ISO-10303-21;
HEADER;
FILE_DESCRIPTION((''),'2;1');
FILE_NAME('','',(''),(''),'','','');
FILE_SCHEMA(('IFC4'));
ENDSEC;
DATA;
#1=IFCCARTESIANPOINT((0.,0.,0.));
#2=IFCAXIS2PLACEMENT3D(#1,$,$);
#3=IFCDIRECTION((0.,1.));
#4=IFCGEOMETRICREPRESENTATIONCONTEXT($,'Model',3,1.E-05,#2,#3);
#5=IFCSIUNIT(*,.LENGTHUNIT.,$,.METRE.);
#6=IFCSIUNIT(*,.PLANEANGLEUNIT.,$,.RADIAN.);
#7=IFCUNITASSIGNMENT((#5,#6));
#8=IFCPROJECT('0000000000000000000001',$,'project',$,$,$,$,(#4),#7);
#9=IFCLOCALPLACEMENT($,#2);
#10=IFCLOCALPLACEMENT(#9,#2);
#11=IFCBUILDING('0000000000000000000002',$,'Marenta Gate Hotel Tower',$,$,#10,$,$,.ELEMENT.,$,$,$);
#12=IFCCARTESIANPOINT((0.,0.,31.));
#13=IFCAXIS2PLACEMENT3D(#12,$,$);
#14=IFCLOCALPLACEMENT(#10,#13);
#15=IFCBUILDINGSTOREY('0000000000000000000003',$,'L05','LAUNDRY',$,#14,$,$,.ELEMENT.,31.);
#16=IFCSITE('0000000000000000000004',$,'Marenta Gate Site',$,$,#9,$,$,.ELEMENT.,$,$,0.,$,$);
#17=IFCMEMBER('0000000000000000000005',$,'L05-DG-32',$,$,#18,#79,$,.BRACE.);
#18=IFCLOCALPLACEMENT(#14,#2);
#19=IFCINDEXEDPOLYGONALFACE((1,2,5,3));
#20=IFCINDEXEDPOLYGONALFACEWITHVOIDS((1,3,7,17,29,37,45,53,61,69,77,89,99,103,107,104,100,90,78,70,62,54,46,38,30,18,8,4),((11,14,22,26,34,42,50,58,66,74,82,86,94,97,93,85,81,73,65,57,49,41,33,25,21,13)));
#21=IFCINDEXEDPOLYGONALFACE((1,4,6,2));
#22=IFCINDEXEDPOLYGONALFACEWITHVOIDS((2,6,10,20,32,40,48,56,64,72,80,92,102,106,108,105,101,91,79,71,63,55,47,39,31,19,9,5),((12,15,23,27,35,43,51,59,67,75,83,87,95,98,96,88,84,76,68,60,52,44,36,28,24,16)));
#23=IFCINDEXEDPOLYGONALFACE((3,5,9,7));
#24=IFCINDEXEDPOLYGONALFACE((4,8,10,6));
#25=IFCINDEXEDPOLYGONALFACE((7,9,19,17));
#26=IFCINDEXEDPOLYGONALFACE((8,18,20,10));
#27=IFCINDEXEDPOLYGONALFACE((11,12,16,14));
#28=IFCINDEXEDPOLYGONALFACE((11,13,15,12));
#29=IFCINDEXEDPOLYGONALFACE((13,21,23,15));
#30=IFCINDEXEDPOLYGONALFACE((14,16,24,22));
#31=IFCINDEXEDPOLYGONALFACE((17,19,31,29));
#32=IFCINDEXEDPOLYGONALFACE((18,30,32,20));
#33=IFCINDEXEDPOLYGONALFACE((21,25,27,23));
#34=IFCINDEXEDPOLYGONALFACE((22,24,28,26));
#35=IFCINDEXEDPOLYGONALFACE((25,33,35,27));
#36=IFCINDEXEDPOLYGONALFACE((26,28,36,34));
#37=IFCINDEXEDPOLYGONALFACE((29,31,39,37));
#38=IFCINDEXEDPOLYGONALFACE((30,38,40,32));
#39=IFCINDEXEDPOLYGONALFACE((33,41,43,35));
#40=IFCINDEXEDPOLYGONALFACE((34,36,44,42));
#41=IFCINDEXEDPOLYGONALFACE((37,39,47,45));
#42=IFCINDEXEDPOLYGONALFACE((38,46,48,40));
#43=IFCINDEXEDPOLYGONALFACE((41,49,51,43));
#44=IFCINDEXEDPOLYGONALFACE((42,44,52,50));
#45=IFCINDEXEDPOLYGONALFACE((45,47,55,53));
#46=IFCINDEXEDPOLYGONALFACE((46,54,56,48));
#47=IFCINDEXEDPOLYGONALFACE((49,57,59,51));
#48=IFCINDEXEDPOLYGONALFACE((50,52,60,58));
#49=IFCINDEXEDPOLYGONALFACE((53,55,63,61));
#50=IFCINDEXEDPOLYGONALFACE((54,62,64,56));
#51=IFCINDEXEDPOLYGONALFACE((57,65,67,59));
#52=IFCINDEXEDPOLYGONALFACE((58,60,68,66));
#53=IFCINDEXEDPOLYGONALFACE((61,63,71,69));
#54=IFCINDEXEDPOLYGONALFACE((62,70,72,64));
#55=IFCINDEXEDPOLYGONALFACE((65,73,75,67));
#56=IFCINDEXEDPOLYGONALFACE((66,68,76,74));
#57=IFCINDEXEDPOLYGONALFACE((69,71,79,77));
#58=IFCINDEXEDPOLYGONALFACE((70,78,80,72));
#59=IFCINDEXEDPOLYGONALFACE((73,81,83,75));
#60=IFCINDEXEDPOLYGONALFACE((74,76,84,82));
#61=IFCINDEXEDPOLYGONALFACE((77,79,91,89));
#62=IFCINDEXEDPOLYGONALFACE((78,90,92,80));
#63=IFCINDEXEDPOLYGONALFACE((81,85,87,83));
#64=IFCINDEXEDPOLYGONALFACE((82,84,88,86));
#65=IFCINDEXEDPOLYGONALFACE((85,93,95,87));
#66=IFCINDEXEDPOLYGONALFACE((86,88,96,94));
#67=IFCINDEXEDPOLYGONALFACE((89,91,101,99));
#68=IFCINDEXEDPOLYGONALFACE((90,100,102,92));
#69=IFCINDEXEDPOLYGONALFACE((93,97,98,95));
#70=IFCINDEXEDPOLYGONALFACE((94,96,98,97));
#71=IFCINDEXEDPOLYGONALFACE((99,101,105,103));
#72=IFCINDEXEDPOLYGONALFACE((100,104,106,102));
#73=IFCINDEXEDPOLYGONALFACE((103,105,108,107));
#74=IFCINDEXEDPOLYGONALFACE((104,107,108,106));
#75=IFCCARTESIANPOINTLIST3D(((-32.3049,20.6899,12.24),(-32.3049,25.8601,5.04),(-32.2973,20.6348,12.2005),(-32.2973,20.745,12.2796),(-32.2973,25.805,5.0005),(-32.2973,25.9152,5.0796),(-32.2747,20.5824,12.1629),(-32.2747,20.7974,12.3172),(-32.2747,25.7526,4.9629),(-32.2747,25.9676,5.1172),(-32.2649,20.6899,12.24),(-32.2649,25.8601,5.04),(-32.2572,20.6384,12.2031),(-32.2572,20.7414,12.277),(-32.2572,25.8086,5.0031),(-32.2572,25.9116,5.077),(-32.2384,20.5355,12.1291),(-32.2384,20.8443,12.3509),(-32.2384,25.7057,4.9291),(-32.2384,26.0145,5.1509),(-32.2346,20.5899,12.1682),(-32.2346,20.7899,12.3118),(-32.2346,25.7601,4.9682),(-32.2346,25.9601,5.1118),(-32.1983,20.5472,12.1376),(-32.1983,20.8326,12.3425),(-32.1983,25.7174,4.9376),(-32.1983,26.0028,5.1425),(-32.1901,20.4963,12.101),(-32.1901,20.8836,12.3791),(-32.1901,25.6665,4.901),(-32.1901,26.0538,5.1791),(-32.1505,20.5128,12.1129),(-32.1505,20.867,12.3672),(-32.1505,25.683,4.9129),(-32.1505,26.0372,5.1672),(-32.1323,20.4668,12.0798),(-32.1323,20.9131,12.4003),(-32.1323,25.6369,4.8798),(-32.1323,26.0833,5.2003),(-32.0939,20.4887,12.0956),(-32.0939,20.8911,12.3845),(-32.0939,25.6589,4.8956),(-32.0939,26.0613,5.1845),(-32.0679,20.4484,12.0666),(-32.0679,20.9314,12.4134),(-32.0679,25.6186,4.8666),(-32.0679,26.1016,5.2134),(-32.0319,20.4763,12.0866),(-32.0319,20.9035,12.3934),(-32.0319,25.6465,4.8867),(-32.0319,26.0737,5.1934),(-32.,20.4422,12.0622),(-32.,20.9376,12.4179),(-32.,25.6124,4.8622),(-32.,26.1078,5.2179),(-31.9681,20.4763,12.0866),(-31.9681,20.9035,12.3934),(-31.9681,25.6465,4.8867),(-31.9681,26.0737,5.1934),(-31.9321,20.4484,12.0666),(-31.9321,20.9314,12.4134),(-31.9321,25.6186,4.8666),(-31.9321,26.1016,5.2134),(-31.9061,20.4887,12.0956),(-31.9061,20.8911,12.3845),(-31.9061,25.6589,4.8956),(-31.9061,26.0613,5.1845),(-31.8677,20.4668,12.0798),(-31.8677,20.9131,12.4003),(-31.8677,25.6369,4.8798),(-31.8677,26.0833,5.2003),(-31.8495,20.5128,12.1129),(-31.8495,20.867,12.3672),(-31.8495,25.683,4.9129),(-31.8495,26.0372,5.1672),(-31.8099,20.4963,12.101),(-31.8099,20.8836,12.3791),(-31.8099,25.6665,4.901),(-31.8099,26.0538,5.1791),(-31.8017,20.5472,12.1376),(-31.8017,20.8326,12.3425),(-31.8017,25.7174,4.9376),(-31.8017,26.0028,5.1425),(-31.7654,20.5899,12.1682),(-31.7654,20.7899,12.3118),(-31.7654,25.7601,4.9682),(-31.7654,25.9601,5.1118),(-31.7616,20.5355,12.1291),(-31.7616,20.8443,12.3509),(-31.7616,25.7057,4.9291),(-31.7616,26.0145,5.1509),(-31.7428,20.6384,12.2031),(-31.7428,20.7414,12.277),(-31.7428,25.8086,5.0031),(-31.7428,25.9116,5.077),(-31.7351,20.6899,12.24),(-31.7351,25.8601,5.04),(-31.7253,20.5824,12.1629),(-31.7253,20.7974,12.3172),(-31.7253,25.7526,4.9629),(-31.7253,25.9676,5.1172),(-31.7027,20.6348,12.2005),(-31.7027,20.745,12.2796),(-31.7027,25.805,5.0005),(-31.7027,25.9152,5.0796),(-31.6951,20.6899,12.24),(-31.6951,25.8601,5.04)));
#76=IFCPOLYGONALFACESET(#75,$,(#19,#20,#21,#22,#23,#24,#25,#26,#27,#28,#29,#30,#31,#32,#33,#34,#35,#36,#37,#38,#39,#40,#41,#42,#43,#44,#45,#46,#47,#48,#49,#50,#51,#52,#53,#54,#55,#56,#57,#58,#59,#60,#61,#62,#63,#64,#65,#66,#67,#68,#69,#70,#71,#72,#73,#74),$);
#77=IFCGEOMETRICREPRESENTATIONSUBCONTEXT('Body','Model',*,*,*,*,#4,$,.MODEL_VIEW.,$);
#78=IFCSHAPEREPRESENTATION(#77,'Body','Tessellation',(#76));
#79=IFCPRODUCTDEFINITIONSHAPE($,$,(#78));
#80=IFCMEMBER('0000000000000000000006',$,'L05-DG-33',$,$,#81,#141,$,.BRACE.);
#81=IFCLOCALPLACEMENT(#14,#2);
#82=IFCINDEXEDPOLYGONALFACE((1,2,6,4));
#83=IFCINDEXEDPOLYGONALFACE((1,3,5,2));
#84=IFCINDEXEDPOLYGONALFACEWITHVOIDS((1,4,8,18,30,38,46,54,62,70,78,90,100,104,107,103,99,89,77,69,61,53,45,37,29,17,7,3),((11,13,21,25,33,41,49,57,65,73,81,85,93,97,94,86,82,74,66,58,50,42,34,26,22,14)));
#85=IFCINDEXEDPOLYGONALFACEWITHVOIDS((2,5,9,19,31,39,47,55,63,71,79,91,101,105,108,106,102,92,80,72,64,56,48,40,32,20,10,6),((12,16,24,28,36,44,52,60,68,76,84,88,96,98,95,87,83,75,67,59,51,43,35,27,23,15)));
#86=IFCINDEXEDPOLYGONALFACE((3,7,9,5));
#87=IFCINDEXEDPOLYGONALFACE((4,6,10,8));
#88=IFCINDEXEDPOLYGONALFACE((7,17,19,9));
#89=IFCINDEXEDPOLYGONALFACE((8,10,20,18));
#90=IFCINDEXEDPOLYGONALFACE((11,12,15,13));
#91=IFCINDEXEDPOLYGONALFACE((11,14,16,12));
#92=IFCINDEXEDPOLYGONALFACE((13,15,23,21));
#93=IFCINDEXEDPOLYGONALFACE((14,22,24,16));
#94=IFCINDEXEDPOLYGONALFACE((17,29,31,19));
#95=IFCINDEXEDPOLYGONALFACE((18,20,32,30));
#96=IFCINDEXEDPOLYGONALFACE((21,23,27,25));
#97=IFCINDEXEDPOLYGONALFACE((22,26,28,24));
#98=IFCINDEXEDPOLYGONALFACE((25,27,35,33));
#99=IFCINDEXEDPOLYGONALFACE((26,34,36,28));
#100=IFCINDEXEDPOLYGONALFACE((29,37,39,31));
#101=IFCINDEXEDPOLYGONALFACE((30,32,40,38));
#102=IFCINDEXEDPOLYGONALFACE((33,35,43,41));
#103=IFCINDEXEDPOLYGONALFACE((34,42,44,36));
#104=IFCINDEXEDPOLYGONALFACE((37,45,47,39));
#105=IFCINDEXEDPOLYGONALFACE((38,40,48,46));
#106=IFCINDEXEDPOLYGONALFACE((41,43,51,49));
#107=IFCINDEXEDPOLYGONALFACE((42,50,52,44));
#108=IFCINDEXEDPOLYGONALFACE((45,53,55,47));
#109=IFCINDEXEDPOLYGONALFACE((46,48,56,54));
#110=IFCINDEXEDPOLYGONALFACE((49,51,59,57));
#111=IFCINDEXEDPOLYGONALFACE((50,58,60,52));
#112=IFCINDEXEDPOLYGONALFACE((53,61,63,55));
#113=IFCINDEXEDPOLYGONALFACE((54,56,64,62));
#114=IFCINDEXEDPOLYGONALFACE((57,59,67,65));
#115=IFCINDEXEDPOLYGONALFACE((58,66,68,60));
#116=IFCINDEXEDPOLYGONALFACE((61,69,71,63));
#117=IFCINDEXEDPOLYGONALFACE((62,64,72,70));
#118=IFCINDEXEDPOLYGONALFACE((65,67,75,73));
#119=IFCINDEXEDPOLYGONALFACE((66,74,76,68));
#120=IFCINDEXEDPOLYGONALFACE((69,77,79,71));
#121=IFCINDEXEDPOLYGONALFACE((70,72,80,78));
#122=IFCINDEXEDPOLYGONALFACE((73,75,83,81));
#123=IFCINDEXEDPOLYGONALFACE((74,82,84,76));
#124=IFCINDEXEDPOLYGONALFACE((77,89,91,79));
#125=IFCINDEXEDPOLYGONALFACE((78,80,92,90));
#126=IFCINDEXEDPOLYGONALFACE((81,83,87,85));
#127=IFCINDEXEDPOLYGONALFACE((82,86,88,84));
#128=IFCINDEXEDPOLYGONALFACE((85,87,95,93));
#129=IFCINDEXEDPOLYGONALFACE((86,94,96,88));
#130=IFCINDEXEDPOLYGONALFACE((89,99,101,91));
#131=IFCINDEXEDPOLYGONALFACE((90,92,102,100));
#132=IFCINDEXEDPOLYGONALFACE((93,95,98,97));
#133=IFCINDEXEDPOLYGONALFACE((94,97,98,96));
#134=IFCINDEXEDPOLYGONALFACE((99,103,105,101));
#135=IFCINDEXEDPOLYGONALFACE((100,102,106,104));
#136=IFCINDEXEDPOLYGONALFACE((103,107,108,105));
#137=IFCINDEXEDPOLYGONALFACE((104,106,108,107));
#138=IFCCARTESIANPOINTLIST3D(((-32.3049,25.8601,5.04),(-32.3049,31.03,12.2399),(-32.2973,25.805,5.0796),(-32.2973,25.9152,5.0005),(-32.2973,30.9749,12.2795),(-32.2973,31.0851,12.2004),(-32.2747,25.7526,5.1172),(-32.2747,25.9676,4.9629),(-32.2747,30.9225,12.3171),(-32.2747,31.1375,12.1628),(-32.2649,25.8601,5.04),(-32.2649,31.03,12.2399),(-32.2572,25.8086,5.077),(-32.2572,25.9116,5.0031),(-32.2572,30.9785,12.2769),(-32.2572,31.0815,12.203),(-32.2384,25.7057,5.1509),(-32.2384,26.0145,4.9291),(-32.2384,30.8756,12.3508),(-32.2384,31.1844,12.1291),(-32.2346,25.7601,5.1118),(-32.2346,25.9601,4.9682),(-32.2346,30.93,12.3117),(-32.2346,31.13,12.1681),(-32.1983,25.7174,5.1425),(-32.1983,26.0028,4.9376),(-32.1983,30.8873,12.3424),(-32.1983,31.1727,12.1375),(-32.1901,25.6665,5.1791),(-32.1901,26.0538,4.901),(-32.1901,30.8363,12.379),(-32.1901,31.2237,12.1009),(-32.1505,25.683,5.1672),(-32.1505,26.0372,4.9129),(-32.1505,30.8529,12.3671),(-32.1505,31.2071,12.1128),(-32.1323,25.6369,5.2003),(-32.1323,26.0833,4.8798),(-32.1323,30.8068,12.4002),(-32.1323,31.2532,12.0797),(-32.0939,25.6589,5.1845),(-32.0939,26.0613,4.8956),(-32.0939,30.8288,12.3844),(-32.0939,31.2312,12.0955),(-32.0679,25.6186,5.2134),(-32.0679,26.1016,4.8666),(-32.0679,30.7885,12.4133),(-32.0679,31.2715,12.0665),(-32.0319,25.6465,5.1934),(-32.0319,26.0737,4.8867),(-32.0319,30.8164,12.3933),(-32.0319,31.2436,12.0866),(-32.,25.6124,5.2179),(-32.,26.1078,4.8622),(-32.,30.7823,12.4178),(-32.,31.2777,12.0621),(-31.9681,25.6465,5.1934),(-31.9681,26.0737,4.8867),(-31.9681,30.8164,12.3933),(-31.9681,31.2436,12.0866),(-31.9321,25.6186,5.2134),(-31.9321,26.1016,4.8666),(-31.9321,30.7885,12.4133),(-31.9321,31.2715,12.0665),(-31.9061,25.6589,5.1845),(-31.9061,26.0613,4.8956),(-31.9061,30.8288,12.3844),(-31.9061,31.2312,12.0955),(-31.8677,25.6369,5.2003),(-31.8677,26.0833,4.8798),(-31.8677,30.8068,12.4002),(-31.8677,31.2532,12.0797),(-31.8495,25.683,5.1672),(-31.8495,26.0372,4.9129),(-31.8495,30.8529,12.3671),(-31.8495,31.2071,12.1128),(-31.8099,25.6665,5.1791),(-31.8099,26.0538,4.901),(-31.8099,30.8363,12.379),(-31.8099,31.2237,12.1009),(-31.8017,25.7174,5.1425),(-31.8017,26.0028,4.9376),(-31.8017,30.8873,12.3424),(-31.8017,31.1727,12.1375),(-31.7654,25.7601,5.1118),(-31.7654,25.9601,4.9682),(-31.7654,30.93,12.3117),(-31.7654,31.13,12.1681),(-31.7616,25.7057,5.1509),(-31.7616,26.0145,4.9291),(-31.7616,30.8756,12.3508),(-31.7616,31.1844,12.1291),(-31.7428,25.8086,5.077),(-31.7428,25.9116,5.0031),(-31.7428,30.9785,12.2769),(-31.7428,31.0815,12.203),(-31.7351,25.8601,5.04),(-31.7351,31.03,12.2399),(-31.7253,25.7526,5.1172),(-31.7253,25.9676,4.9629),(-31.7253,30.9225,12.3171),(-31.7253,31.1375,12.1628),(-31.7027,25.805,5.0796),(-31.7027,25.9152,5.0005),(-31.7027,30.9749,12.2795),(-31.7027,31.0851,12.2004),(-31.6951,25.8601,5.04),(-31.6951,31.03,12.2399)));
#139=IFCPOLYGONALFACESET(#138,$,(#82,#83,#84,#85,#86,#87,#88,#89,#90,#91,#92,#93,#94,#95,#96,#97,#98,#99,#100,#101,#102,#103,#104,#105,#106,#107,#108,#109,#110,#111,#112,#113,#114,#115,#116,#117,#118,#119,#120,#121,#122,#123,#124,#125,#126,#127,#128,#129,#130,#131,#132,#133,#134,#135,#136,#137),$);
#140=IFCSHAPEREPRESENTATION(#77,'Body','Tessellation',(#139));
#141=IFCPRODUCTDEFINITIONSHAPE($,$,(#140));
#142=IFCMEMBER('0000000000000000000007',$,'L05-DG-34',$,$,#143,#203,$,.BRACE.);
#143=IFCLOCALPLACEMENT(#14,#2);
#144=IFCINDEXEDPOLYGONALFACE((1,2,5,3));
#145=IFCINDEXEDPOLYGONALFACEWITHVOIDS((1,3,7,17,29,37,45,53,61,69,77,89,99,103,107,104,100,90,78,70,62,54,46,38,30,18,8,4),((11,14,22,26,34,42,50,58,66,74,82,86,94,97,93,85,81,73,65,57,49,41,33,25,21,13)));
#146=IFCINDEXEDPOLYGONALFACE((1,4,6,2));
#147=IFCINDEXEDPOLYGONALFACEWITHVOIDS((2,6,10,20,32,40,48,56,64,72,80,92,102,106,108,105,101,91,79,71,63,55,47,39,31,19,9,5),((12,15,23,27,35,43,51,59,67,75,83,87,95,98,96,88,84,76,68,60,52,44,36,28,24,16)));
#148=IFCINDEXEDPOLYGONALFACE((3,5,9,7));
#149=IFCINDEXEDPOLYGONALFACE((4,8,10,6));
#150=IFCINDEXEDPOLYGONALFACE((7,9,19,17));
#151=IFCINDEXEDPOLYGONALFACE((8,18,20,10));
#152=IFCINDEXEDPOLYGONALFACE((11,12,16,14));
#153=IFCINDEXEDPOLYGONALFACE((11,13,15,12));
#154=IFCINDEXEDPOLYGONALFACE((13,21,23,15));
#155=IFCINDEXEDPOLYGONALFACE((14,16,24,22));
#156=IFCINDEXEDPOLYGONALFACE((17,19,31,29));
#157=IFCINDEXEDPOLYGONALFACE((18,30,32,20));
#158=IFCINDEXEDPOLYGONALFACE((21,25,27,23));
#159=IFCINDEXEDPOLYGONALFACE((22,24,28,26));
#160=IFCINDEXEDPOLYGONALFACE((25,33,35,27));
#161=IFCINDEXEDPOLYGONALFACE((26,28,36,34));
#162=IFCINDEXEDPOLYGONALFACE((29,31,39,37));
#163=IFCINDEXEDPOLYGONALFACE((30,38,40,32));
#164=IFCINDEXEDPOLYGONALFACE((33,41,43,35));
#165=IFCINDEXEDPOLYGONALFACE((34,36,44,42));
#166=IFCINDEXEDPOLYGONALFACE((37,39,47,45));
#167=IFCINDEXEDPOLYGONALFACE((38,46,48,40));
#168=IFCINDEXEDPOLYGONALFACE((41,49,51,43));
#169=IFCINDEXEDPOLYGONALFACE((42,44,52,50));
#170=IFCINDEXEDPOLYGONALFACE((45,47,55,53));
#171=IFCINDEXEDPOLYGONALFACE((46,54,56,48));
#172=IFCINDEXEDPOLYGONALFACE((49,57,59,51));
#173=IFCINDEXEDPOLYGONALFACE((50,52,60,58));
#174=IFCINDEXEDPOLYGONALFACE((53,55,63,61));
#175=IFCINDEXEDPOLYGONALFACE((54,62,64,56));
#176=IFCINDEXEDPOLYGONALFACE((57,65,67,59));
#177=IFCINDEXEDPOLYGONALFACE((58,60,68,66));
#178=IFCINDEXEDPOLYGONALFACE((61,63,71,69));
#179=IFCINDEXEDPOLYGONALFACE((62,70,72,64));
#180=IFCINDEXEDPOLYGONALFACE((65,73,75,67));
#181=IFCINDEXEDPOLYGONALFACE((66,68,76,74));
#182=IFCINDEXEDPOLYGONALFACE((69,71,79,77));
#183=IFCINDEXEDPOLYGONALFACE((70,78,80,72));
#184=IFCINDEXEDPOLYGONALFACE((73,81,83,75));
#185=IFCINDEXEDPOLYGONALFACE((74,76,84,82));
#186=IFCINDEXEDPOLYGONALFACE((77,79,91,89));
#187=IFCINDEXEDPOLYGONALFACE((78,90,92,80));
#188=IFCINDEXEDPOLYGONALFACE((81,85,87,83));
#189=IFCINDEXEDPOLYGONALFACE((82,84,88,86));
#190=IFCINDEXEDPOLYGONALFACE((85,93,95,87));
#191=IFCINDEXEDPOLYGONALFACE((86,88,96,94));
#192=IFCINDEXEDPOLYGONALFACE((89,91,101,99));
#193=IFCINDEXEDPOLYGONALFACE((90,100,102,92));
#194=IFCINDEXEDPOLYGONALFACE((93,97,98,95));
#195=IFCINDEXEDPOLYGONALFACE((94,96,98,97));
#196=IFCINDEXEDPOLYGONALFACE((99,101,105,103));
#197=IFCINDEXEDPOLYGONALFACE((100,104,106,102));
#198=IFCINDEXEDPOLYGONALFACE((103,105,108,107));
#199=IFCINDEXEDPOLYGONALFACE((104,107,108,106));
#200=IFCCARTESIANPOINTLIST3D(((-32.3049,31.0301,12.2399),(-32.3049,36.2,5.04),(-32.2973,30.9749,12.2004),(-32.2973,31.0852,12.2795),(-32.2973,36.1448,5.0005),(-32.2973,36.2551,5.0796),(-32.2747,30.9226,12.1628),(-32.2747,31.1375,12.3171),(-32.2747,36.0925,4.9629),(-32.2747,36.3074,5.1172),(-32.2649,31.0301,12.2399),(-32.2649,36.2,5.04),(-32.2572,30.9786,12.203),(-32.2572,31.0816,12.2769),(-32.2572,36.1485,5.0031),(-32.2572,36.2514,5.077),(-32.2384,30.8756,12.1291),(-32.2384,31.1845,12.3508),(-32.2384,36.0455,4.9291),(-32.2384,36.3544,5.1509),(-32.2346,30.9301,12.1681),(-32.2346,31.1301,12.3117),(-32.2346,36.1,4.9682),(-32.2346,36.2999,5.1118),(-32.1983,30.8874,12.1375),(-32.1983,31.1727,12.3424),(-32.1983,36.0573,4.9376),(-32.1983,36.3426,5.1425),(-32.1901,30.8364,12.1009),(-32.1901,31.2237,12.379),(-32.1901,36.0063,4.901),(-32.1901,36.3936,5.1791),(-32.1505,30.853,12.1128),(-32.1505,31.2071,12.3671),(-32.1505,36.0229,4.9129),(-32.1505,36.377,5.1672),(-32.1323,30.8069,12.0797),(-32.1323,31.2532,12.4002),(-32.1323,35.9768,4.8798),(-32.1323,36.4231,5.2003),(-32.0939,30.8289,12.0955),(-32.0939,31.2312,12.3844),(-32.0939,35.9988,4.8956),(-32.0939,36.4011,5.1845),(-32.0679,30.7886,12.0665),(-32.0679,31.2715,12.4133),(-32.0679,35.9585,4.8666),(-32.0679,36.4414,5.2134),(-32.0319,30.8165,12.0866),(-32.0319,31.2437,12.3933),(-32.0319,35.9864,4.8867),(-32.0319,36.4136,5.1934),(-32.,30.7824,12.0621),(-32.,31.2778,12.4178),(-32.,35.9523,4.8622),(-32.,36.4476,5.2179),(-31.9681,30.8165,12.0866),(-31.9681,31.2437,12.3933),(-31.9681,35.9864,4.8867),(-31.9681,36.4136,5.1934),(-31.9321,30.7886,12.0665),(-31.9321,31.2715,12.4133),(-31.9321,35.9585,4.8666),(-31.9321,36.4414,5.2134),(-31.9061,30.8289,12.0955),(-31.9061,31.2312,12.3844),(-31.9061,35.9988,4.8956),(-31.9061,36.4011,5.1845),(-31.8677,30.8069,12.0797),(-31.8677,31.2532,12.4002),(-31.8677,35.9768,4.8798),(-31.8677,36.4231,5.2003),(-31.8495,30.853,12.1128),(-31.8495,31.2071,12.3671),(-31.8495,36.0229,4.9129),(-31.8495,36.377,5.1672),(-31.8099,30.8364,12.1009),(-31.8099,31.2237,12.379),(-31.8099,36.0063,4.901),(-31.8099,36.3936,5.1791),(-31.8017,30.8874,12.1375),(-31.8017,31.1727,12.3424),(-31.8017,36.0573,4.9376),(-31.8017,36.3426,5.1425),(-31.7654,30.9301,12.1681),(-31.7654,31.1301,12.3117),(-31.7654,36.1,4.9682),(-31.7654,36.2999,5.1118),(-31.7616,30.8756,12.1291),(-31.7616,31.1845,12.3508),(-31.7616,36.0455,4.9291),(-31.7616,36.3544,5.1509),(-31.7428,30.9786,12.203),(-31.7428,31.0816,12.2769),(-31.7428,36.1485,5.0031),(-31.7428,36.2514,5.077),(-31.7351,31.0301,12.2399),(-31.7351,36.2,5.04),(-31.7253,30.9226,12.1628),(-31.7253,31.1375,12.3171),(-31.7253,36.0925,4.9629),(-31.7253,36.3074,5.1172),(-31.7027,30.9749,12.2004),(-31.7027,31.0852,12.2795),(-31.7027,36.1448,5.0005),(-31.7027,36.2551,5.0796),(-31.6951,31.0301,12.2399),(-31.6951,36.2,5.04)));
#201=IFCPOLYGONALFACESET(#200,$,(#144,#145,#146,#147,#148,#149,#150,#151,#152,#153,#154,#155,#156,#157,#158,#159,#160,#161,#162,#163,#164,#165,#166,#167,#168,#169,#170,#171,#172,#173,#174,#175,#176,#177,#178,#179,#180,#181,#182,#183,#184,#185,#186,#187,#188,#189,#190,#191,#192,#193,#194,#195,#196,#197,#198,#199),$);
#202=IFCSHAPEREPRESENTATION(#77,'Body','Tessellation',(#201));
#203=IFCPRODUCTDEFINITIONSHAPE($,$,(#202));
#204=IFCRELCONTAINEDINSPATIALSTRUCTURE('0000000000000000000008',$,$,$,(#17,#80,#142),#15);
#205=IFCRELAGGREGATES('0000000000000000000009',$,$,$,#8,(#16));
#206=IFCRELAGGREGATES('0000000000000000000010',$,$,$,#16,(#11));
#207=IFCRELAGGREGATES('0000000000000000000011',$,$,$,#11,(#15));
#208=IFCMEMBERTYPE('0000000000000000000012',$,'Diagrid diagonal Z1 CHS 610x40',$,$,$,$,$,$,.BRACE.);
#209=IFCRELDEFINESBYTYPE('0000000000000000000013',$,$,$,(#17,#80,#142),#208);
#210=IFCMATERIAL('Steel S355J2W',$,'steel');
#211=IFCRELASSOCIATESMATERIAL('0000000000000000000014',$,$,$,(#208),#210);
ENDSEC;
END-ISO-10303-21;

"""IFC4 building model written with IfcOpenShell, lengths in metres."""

from ifc_helpers import new_model, si_unit, direction, frame, origin, origin_2d, place, context, subcontext, project, spatial, hollow_circle, extrude, material, material_profile, profile_set, type_object, element, save


model = new_model("IFC4")

# Units and contexts
model_context = context("Model", 3, precision=1e-05, world=origin(), true_north=direction((0.0, 1.0)))
body_context = subcontext(model_context, "Body", "Model", "MODEL_VIEW")
ifc_project = project(units=[si_unit("LENGTHUNIT", "METRE"), si_unit("PLANEANGLEUNIT", "RADIAN")], contexts=[model_context])

# Site, building, storey
site_placement = place(None, origin())
site = spatial("IfcSite", under=ifc_project, at=site_placement, Name="Marenta Gate Site", CompositionType="ELEMENT", RefElevation=0.0)
building_placement = place(site_placement, origin())
building = spatial("IfcBuilding", under=site, at=building_placement, Name="Marenta Gate Hotel Tower", CompositionType="ELEMENT")
storey_placement = place(building_placement, frame((0.0, 0.0, 31.0)))
storey = spatial("IfcBuildingStorey", under=building, at=storey_placement, Name="L05", Description="LAUNDRY", CompositionType="ELEMENT", Elevation=31.0)

# Members
ifc_material_1 = material(Name="Steel S355J2W", Category="steel")
ifc_material_profile_1 = material_profile(ifc_material_1, hollow_circle(Radius=0.3049, WallThickness=0.04, at=origin_2d()), Name="CHS 610x40")
ifc_profile_set_1 = profile_set([ifc_material_profile_1], Name="Steel S355J2W")
member_type_1 = type_object("IfcMemberType", Name="Diagrid diagonal Z1 CHS 610x40", PredefinedType="BRACE", material=ifc_profile_set_1)
member_1_placement = place(storey_placement, frame((-32.0, 25.8601, 5.04), z_axis=(0.0, -0.583279, 0.812272), x_axis=(1.0, 0.0, 0.0)))
element("IfcMember", 1, at=member_1_placement, inside=storey, type_object=member_type_1, Name="L05-DG-32", PredefinedType="BRACE", context=body_context, shape_type="SweptSolid", body=[
    extrude(hollow_circle(Radius=0.3049, WallThickness=0.04, at=origin_2d()), origin(), (0.0, 0.0, 1.0), 8.864),
])
for number, where, z_axis, x_axis, name in (
    (2, (-32.0, 25.8601, 5.04), (0.0, 0.583261, 0.812285), (-1.0, 0.0, 0.0), "L05-DG-33"),
    (3, (-32.0, 36.2, 5.04), (0.0, -0.583261, 0.812285), (1.0, 0.0, 0.0), "L05-DG-34"),
):
    element("IfcMember", number, at=place(storey_placement, frame(where, z_axis=z_axis, x_axis=x_axis)), inside=storey, type_object=member_type_1, Name=name, PredefinedType="BRACE", context=body_context, shape_type="SweptSolid", body=[
        extrude(hollow_circle(Radius=0.3049, WallThickness=0.04, at=origin_2d()), origin(), (0.0, 0.0, 1.0), 8.8638),
    ])

save(model, "model.ifc")
